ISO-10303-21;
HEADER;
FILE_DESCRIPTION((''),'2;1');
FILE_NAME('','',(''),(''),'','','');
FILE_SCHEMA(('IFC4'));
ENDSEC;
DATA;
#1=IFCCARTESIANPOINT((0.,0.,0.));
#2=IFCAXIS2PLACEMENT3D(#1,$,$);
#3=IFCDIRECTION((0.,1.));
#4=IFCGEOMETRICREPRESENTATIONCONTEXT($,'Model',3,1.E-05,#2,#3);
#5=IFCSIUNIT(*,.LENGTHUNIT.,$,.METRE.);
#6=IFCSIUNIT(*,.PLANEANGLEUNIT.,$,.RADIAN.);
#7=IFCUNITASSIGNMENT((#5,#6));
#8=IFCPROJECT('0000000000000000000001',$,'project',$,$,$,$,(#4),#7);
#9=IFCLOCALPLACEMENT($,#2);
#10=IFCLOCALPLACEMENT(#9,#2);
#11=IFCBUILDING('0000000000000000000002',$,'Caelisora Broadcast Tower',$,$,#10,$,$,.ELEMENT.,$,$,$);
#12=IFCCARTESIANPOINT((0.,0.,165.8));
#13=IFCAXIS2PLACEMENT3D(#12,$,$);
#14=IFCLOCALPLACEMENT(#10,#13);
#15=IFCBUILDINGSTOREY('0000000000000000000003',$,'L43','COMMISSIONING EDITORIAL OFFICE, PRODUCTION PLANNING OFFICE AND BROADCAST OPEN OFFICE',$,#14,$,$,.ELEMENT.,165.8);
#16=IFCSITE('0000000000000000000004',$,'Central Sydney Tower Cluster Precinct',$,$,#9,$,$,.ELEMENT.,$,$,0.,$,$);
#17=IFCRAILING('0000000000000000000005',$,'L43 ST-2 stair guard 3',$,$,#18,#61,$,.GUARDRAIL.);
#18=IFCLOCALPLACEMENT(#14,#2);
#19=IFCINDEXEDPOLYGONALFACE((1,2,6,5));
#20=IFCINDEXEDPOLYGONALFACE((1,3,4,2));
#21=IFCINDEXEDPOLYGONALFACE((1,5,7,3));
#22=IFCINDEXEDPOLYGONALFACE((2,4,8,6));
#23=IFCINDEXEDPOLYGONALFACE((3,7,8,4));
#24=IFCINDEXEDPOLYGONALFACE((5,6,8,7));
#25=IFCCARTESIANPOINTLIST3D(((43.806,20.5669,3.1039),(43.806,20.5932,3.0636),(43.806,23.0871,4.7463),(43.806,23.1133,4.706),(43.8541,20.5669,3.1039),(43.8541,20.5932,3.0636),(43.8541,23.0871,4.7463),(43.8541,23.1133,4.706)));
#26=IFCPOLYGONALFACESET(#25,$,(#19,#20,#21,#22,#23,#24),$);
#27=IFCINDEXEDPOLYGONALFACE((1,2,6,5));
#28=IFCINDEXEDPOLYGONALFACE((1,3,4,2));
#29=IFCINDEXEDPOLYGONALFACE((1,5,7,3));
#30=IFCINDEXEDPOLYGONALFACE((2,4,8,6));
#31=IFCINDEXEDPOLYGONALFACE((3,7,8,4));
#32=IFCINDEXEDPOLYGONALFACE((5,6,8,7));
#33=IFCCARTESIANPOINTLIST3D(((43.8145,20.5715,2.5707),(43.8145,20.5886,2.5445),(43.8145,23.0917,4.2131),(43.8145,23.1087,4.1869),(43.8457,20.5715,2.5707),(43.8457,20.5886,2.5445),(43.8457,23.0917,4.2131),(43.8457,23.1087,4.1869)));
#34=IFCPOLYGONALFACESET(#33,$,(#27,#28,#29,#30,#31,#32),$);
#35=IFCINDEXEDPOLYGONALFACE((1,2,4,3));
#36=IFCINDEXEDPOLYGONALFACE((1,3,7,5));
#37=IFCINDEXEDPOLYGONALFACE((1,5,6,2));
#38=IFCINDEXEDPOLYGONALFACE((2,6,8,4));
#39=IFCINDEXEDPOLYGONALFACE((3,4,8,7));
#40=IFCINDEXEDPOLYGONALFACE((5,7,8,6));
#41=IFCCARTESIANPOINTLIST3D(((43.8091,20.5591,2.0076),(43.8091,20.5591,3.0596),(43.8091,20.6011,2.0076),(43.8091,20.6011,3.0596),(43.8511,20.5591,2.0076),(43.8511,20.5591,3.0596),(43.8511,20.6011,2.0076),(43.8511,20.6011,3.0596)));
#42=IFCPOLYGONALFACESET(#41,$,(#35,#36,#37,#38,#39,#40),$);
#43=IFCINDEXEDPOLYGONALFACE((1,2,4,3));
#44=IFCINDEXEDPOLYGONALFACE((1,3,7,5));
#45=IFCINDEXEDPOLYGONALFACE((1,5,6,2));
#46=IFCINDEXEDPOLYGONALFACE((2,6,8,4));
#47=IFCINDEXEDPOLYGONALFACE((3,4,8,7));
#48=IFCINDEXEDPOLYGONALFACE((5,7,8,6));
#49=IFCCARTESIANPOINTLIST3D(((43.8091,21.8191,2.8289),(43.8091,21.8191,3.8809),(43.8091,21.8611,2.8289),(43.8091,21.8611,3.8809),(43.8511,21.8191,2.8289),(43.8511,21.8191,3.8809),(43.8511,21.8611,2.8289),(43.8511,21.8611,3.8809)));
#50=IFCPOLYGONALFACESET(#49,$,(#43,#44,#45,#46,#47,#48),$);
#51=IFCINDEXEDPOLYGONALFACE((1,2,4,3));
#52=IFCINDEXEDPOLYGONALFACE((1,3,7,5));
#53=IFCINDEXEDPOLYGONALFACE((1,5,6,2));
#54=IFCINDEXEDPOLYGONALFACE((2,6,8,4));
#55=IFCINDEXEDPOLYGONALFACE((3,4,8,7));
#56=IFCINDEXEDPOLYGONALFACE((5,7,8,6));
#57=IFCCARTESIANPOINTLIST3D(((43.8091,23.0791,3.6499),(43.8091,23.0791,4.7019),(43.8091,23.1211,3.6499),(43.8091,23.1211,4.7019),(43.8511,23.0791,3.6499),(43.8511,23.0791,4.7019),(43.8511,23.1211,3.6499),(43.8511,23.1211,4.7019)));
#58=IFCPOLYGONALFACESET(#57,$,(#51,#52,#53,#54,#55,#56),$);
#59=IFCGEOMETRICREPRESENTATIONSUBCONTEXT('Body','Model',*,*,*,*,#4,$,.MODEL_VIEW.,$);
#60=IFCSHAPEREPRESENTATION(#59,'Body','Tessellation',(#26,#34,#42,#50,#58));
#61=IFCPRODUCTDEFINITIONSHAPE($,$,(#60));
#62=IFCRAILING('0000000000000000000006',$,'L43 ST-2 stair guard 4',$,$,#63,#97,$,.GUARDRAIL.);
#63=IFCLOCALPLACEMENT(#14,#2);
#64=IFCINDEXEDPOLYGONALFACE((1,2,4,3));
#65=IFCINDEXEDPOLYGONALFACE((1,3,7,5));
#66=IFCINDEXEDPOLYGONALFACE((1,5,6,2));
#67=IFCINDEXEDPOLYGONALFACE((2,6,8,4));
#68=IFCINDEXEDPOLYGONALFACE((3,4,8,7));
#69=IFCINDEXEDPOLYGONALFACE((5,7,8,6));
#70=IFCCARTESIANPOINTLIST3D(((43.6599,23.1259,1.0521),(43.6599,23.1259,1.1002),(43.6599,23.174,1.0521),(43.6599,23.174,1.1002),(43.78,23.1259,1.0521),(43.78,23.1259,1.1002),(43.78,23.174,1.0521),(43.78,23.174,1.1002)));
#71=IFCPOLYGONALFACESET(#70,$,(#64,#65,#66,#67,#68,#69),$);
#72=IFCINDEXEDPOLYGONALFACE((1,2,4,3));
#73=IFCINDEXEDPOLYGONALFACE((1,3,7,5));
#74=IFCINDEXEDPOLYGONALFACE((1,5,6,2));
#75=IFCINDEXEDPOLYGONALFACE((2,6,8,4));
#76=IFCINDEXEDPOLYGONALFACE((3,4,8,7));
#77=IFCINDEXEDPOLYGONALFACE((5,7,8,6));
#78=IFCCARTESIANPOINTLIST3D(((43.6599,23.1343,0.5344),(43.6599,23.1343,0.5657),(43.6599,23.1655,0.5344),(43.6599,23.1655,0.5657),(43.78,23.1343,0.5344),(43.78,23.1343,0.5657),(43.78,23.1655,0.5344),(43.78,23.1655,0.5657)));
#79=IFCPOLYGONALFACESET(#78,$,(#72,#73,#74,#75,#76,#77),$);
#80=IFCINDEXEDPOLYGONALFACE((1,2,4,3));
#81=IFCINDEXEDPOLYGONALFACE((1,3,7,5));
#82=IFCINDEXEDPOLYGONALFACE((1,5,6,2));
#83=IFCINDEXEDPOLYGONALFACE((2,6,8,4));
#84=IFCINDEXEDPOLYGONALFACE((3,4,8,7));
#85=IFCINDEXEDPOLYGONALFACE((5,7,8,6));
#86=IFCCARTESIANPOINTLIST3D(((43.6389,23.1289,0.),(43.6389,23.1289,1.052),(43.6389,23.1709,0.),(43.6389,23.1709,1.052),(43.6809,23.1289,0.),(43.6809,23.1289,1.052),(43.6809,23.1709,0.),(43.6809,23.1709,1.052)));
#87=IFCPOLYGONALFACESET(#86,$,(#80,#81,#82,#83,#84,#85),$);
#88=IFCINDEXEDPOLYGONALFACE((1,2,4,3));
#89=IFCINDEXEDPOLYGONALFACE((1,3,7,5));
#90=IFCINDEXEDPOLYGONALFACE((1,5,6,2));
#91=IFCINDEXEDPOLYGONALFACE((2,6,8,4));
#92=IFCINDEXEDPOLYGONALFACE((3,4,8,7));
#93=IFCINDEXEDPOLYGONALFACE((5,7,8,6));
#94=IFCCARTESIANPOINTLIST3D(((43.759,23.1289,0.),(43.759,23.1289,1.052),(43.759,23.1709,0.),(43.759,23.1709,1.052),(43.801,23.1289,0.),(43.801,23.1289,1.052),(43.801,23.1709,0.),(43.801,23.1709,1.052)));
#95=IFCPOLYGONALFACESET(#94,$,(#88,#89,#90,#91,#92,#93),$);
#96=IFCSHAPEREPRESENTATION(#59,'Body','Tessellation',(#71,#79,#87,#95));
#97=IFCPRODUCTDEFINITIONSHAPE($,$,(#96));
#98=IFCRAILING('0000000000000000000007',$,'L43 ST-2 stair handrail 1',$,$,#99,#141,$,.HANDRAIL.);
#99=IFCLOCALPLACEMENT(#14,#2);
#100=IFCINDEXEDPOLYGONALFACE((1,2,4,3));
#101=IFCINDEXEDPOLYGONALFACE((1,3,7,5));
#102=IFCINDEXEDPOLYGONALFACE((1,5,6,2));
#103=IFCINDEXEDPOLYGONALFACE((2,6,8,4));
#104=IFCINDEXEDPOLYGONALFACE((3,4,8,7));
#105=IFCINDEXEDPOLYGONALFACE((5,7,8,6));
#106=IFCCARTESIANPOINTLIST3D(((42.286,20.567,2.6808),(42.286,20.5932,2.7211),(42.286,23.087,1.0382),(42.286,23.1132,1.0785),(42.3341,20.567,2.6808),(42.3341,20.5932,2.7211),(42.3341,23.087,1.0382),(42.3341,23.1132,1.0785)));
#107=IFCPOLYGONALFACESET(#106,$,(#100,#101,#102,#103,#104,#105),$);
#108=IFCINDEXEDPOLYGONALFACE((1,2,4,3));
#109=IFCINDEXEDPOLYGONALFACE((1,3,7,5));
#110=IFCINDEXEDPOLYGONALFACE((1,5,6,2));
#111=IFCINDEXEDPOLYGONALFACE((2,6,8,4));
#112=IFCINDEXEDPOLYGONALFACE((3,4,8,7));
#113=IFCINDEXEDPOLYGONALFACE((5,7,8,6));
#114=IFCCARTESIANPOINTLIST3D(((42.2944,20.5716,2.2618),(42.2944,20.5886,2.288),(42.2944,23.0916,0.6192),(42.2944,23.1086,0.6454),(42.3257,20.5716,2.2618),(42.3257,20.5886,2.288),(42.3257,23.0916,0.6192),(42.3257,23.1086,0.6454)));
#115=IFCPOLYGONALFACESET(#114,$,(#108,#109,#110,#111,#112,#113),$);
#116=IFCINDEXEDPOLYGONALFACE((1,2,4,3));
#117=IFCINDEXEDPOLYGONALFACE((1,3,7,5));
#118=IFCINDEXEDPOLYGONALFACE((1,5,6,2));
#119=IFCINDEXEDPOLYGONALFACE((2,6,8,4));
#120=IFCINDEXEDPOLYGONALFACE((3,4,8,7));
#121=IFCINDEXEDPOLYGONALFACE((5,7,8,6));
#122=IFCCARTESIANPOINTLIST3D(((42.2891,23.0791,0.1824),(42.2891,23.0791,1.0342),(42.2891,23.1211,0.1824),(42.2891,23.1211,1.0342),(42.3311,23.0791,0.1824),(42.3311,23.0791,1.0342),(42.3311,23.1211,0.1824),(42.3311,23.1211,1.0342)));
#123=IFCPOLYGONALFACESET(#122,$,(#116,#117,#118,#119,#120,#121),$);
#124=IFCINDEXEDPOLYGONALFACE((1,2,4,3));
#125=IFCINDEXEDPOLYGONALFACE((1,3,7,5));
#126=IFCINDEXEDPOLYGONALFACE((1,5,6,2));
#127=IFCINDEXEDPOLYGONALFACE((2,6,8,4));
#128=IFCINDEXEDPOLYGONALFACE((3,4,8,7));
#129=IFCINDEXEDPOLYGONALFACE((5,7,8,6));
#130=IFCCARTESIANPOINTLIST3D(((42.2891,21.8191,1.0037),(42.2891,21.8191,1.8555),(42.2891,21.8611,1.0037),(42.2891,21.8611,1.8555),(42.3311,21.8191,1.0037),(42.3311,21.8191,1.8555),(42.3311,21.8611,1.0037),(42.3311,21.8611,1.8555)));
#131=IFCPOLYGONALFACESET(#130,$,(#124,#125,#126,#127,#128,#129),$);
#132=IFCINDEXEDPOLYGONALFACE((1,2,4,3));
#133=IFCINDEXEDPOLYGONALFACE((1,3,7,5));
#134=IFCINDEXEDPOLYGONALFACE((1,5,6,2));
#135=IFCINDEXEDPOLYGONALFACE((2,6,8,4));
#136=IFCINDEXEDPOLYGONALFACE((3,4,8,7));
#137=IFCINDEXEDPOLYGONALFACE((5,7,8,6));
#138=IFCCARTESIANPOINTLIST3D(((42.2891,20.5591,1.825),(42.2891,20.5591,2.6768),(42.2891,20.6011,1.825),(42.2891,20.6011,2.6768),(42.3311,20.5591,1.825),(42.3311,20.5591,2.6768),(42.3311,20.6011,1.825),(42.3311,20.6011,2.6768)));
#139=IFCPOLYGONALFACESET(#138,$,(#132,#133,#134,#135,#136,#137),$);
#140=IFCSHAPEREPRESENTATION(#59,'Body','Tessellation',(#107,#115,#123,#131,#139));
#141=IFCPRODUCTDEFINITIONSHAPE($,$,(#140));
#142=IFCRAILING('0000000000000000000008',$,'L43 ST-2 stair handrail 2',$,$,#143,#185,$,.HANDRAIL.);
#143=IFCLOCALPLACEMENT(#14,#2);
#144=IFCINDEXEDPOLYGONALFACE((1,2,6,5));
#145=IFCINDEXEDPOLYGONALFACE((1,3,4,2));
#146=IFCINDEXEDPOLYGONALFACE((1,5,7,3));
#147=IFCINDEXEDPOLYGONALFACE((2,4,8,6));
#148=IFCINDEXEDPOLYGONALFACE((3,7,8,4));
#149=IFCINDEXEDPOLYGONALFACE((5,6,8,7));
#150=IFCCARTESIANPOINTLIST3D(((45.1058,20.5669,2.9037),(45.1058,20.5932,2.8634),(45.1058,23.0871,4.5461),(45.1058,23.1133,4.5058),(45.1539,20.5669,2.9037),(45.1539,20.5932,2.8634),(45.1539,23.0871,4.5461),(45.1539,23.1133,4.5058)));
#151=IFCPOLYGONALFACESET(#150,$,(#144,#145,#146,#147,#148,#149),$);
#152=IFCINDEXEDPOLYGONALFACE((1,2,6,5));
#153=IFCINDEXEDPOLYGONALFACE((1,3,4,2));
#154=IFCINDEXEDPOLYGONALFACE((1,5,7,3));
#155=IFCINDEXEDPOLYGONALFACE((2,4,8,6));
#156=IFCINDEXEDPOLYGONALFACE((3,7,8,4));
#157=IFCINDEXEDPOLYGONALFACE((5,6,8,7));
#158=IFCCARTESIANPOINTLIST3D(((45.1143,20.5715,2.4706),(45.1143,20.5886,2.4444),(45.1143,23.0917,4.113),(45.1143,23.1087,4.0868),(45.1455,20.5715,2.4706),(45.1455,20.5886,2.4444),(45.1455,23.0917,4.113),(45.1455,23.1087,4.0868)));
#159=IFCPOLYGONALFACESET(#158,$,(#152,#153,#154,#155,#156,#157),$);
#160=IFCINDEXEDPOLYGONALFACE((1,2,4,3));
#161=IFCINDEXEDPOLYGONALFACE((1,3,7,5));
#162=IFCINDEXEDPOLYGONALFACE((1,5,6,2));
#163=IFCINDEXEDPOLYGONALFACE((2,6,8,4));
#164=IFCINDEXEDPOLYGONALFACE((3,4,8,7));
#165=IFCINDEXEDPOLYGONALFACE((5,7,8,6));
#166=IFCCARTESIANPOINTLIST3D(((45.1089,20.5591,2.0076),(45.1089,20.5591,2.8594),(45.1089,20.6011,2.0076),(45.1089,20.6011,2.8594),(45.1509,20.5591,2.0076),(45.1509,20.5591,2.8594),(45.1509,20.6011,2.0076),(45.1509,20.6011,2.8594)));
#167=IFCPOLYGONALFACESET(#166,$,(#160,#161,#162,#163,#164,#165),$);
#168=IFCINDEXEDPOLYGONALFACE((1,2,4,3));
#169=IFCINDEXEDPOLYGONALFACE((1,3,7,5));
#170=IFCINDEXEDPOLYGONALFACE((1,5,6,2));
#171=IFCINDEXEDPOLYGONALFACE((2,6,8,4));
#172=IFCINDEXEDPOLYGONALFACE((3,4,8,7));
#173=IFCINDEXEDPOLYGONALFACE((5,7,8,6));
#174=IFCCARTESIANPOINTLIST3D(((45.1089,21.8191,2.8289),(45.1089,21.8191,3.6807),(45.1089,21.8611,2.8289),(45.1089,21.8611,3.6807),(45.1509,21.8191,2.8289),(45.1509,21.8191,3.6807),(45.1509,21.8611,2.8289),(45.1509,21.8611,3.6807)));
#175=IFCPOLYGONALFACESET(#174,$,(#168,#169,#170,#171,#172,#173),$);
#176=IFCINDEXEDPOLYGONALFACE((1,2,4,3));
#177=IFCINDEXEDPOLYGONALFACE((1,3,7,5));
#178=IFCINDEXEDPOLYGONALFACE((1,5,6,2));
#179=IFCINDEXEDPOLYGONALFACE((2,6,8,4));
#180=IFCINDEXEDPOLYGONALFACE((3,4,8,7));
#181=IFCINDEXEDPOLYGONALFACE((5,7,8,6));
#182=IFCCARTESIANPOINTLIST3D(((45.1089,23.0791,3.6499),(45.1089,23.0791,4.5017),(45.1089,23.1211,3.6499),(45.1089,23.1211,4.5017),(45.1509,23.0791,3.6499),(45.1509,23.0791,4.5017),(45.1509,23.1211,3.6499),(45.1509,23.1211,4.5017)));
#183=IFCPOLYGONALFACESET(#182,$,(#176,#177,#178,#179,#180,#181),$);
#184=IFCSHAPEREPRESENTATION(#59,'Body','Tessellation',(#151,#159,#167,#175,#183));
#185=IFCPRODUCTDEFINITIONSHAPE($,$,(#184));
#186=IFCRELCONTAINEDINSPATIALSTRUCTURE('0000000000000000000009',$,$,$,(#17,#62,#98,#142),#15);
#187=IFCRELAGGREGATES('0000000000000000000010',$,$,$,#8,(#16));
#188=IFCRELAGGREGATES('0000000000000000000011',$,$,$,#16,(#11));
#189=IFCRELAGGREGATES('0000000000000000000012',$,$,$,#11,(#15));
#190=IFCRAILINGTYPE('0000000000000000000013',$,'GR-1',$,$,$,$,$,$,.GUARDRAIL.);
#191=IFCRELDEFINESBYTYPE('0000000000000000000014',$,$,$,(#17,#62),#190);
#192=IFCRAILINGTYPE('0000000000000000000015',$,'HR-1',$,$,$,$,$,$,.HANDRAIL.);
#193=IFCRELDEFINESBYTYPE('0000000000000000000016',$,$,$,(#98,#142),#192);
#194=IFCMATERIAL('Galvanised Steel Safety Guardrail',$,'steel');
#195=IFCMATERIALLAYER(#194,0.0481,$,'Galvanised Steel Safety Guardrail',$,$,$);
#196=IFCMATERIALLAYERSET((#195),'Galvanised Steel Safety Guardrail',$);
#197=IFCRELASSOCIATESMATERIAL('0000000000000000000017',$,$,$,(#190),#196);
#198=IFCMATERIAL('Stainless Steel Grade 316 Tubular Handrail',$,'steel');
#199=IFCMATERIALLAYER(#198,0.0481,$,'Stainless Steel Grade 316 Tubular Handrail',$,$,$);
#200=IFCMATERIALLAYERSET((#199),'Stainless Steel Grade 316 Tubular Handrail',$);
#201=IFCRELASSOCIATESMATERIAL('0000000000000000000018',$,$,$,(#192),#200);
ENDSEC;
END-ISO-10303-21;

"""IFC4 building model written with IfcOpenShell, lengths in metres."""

from ifc_helpers import new_model, si_unit, direction, frame, origin, origin_2d, place, context, subcontext, project, spatial, rectangle, extrude, material, layer, layer_set, type_object, element, save


model = new_model("IFC4")

# Units and contexts
model_context = context("Model", 3, precision=1e-05, world=origin(), true_north=direction((0.0, 1.0)))
body_context = subcontext(model_context, "Body", "Model", "MODEL_VIEW")
ifc_project = project(units=[si_unit("LENGTHUNIT", "METRE"), si_unit("PLANEANGLEUNIT", "RADIAN")], contexts=[model_context])

# Site, building, storey
site_placement = place(None, origin())
site = spatial("IfcSite", under=ifc_project, at=site_placement, Name="Central Sydney Tower Cluster Precinct", CompositionType="ELEMENT", RefElevation=0.0)
building_placement = place(site_placement, origin())
building = spatial("IfcBuilding", under=site, at=building_placement, Name="Caelisora Broadcast Tower", CompositionType="ELEMENT")
storey_placement = place(building_placement, frame((0.0, 0.0, 165.8)))
storey = spatial("IfcBuildingStorey", under=building, at=storey_placement, Name="L43", Description="COMMISSIONING EDITORIAL OFFICE, PRODUCTION PLANNING OFFICE AND BROADCAST OPEN OFFICE", CompositionType="ELEMENT", Elevation=165.8)

# Railings
ifc_material_1 = material(Name="Galvanised Steel Safety Guardrail", Category="steel")
ifc_layer_1 = layer(ifc_material_1, 0.0481, Name="Galvanised Steel Safety Guardrail")
ifc_layer_set_1 = layer_set([ifc_layer_1], Name="Galvanised Steel Safety Guardrail")
railing_type_1 = type_object("IfcRailingType", Name="GR-1", PredefinedType="GUARDRAIL", material=ifc_layer_set_1)
railing_1_placement = place(storey_placement, frame((43.8301, 20.5801, 2.0076)))
element("IfcRailing", 1, at=railing_1_placement, inside=storey, type_object=railing_type_1, Name="L43 ST-2 stair guard 3", PredefinedType="GUARDRAIL", context=body_context, shape_type="SweptSolid", body=[
    extrude(rectangle(XDim=0.0481, YDim=0.0481, at=origin_2d()), frame((0.0, 0.0, 1.0762), z_axis=(0.0, 0.837787, 0.545998), x_axis=(-1.0, 0.0, 0.0)), (0.0, 0.0, 1.0), 3.0081),
    extrude(rectangle(XDim=0.0312, YDim=0.0312, at=origin_2d()), frame((0.0, 0.0, 0.55), z_axis=(0.0, 0.837787, 0.545998), x_axis=(-1.0, 0.0, 0.0)), (0.0, 0.0, 1.0), 3.0081),
    extrude(rectangle(XDim=0.042, YDim=0.042, at=origin_2d()), origin(), (0.0, 0.0, 1.0), 1.052),
    extrude(rectangle(XDim=0.042, YDim=0.042, at=origin_2d()), frame((0.0, 1.26, 0.8213)), (0.0, 0.0, 1.0), 1.052),
    extrude(rectangle(XDim=0.042, YDim=0.042, at=origin_2d()), frame((0.0, 2.52, 1.6423)), (0.0, 0.0, 1.0), 1.052),
])
railing_2_placement = place(storey_placement, frame((43.6599, 23.1499, 0.0)))
element("IfcRailing", 2, at=railing_2_placement, inside=storey, type_object=railing_type_1, Name="L43 ST-2 stair guard 4", PredefinedType="GUARDRAIL", context=body_context, shape_type="SweptSolid", body=[
    extrude(rectangle(XDim=0.0481, YDim=0.0481, at=origin_2d()), frame((0.0, 0.0, 1.0762), z_axis=(1.0, 0.0, 0.0), x_axis=(0.0, 1.0, 0.0)), (0.0, 0.0, 1.0), 0.1201),
    extrude(rectangle(XDim=0.0312, YDim=0.0312, at=origin_2d()), frame((0.0, 0.0, 0.55), z_axis=(1.0, 0.0, 0.0), x_axis=(0.0, 1.0, 0.0)), (0.0, 0.0, 1.0), 0.1201),
    extrude(rectangle(XDim=0.042, YDim=0.042, at=origin_2d()), origin(), (0.0, 0.0, 1.0), 1.052),
    extrude(rectangle(XDim=0.042, YDim=0.042, at=origin_2d()), frame((0.1201, 0.0, 0.0)), (0.0, 0.0, 1.0), 1.052),
])
ifc_material_2 = material(Name="Stainless Steel Grade 316 Tubular Handrail", Category="steel")
ifc_layer_2 = layer(ifc_material_2, 0.0481, Name="Stainless Steel Grade 316 Tubular Handrail")
ifc_layer_set_2 = layer_set([ifc_layer_2], Name="Stainless Steel Grade 316 Tubular Handrail")
railing_type_2 = type_object("IfcRailingType", Name="HR-1", PredefinedType="HANDRAIL", material=ifc_layer_set_2)
railing_3_placement = place(storey_placement, frame((42.3101, 23.1001, 0.1824)))
element("IfcRailing", 3, at=railing_3_placement, inside=storey, type_object=railing_type_2, Name="L43 ST-2 stair handrail 1", PredefinedType="HANDRAIL", context=body_context, shape_type="SweptSolid", body=[
    extrude(rectangle(XDim=0.0481, YDim=0.0481, at=origin_2d()), frame((0.0, 0.0, 0.876), z_axis=(0.0, -0.837749, 0.546055), x_axis=(1.0, 0.0, 0.0)), (0.0, 0.0, 1.0), 3.0081),
    extrude(rectangle(XDim=0.0312, YDim=0.0312, at=origin_2d()), frame((0.0, 0.0, 0.45), z_axis=(0.0, -0.837749, 0.546055), x_axis=(1.0, 0.0, 0.0)), (0.0, 0.0, 1.0), 3.0081),
    extrude(rectangle(XDim=0.042, YDim=0.042, at=origin_2d()), origin(), (0.0, 0.0, 1.0), 0.8518),
    extrude(rectangle(XDim=0.042, YDim=0.042, at=origin_2d()), frame((0.0, -1.26, 0.8213)), (0.0, 0.0, 1.0), 0.8518),
    extrude(rectangle(XDim=0.042, YDim=0.042, at=origin_2d()), frame((0.0, -2.52, 1.6426)), (0.0, 0.0, 1.0), 0.8518),
])
railing_4_placement = place(storey_placement, frame((45.1299, 20.5801, 2.0076)))
element("IfcRailing", 4, at=railing_4_placement, inside=storey, type_object=railing_type_2, Name="L43 ST-2 stair handrail 2", PredefinedType="HANDRAIL", context=body_context, shape_type="SweptSolid", body=[
    extrude(rectangle(XDim=0.0481, YDim=0.0481, at=origin_2d()), frame((0.0, 0.0, 0.876), z_axis=(0.0, 0.837787, 0.545998), x_axis=(-1.0, 0.0, 0.0)), (0.0, 0.0, 1.0), 3.0081),
    extrude(rectangle(XDim=0.0312, YDim=0.0312, at=origin_2d()), frame((0.0, 0.0, 0.45), z_axis=(0.0, 0.837787, 0.545998), x_axis=(-1.0, 0.0, 0.0)), (0.0, 0.0, 1.0), 3.0081),
    extrude(rectangle(XDim=0.042, YDim=0.042, at=origin_2d()), origin(), (0.0, 0.0, 1.0), 0.8518),
    extrude(rectangle(XDim=0.042, YDim=0.042, at=origin_2d()), frame((0.0, 1.26, 0.8213)), (0.0, 0.0, 1.0), 0.8518),
    extrude(rectangle(XDim=0.042, YDim=0.042, at=origin_2d()), frame((0.0, 2.52, 1.6423)), (0.0, 0.0, 1.0), 0.8518),
])

save(model, "model.ifc")
